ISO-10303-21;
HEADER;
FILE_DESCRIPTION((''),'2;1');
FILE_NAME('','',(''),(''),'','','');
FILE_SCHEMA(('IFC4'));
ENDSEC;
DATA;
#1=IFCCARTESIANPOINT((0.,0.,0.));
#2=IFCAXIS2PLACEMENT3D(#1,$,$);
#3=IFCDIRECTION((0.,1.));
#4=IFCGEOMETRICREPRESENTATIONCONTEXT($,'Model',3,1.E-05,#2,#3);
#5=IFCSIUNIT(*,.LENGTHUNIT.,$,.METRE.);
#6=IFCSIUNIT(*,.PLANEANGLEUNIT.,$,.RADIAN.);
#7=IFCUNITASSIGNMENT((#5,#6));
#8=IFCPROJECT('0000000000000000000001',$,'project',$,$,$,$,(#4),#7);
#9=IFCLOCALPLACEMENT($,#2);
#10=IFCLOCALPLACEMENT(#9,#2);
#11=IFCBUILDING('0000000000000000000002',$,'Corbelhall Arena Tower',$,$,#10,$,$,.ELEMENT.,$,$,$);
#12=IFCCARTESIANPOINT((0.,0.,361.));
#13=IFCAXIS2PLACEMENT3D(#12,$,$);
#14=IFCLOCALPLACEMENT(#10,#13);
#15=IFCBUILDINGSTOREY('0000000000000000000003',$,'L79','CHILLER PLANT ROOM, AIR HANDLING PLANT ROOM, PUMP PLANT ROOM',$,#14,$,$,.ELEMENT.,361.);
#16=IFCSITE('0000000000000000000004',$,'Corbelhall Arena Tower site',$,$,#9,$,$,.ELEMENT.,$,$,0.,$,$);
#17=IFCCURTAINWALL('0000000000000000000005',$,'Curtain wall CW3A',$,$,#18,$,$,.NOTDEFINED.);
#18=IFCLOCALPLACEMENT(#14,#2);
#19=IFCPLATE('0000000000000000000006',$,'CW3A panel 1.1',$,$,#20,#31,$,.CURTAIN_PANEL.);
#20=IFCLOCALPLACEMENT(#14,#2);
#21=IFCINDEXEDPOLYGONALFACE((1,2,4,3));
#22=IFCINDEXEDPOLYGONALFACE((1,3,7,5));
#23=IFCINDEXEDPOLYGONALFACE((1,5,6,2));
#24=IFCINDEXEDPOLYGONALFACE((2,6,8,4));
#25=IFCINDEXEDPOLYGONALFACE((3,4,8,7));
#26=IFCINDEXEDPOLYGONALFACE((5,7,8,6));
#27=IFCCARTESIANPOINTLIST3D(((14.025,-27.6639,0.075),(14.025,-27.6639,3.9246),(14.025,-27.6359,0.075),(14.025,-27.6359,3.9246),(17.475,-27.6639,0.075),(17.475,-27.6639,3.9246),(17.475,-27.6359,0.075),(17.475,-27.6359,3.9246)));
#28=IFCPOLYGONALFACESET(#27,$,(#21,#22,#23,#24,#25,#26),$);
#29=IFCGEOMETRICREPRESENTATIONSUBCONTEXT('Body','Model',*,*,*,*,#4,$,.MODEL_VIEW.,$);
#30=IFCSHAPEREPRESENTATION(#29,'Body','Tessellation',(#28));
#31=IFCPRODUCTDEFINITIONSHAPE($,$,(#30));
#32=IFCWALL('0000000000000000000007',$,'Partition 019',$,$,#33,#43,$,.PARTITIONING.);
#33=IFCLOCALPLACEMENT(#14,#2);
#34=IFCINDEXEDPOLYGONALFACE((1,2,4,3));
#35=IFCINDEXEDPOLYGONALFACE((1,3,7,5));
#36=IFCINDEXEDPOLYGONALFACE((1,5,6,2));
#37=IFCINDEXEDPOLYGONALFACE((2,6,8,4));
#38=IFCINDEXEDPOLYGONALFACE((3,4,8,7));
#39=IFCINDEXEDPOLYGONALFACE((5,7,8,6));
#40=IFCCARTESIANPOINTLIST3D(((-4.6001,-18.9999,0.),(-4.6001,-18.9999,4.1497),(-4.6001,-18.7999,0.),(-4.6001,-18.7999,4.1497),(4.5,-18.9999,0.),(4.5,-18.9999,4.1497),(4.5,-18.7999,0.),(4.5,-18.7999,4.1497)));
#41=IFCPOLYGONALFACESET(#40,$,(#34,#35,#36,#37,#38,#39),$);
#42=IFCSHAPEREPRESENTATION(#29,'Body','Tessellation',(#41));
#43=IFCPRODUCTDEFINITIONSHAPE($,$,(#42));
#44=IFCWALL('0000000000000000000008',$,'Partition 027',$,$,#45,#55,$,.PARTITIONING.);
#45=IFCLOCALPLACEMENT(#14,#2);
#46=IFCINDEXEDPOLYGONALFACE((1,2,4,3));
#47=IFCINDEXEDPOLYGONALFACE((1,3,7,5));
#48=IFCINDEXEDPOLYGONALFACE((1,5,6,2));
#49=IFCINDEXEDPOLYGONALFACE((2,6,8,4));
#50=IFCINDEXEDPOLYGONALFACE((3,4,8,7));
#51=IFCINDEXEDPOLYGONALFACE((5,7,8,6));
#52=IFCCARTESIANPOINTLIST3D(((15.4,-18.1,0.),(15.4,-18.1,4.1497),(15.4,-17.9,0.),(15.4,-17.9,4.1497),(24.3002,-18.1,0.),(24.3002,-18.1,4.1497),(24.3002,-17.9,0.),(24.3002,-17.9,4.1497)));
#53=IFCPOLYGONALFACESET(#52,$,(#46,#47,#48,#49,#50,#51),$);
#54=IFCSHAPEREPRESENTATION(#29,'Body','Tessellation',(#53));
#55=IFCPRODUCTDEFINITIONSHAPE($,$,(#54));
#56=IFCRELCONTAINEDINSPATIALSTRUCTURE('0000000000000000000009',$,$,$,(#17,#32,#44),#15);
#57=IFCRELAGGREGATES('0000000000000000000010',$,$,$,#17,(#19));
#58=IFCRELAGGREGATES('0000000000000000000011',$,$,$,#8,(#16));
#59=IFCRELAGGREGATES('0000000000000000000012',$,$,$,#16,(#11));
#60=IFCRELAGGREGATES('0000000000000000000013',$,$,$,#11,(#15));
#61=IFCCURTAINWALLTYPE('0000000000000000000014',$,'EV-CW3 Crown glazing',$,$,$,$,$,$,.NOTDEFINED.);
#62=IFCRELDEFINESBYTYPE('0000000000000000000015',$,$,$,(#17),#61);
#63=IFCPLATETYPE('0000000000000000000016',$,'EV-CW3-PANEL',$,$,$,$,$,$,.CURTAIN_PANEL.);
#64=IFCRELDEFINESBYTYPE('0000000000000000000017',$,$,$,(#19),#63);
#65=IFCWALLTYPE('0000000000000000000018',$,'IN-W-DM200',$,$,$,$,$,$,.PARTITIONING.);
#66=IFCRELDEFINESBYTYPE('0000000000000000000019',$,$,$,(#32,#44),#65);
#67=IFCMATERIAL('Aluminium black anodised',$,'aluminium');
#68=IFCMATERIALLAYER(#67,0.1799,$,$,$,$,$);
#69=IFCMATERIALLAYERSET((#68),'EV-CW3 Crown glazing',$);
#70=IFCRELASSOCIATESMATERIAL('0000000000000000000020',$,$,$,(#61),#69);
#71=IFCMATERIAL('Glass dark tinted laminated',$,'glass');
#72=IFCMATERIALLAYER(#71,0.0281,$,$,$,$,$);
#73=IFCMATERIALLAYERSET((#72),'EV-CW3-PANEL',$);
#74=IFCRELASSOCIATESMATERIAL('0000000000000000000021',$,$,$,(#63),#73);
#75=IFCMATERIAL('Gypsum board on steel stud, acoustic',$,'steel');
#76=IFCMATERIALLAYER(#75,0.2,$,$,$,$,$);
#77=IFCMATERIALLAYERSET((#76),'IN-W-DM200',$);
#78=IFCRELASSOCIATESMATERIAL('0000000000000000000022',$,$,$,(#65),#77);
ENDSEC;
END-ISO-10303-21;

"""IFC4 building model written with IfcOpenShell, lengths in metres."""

from ifc_helpers import new_model, si_unit, direction, frame, frame_2d, origin, origin_2d, place, context, subcontext, project, spatial, rectangle, extrude, material, layer, layer_set, type_object, element, aggregate, save


model = new_model("IFC4")

# Units and contexts
model_context = context("Model", 3, precision=1e-05, world=origin(), true_north=direction((0.0, 1.0)))
body_context = subcontext(model_context, "Body", "Model", "MODEL_VIEW")
ifc_project = project(units=[si_unit("LENGTHUNIT", "METRE"), si_unit("PLANEANGLEUNIT", "RADIAN")], contexts=[model_context])

# Site, building, storey
site_placement = place(None, origin())
site = spatial("IfcSite", under=ifc_project, at=site_placement, Name="Corbelhall Arena Tower site", CompositionType="ELEMENT", RefElevation=0.0)
building_placement = place(site_placement, origin())
building = spatial("IfcBuilding", under=site, at=building_placement, Name="Corbelhall Arena Tower", CompositionType="ELEMENT")
storey_placement = place(building_placement, frame((0.0, 0.0, 361.0)))
storey = spatial("IfcBuildingStorey", under=building, at=storey_placement, Name="L79", Description="CHILLER PLANT ROOM, AIR HANDLING PLANT ROOM, PUMP PLANT ROOM", CompositionType="ELEMENT", Elevation=361.0)

# Shared definitions
ifc_material_1 = material(Name="Aluminium black anodised", Category="aluminium")
ifc_layer_1 = layer(ifc_material_1, 0.1799)
ifc_layer_set_1 = layer_set([ifc_layer_1], Name="EV-CW3 Crown glazing")
curtain_wall_type = type_object("IfcCurtainWallType", Name="EV-CW3 Crown glazing", PredefinedType="NOTDEFINED", material=ifc_layer_set_1)

# Curtain wall
curtain_wall_1_placement = place(storey_placement, origin())
curtain_wall_1 = element("IfcCurtainWall", 1, at=curtain_wall_1_placement, inside=storey, type_object=curtain_wall_type, Name="Curtain wall CW3A", PredefinedType="NOTDEFINED")

# Plate
ifc_material_2 = material(Name="Glass dark tinted laminated", Category="glass")
ifc_layer_2 = layer(ifc_material_2, 0.0281)
ifc_layer_set_2 = layer_set([ifc_layer_2], Name="EV-CW3-PANEL")
plate_type = type_object("IfcPlateType", Name="EV-CW3-PANEL", PredefinedType="CURTAIN_PANEL", material=ifc_layer_set_2)
plate_1_placement = place(storey_placement, frame((15.75, -27.6499, 0.075), z_axis=(0.0, 0.0, 1.0), x_axis=(1.0, 0.0, 0.0)))
plate_1 = element("IfcPlate", 2, at=plate_1_placement, type_object=plate_type, Name="CW3A panel 1.1", PredefinedType="CURTAIN_PANEL", context=body_context, shape_type="SweptSolid", body=[
    extrude(rectangle(XDim=3.45, YDim=0.0281, at=origin_2d()), origin(), (0.0, 0.0, 1.0), 3.8496),
])
aggregate(curtain_wall_1, [plate_1])

# Wall
ifc_material_3 = material(Name="Gypsum board on steel stud, acoustic", Category="steel")
ifc_layer_3 = layer(ifc_material_3, 0.2)
ifc_layer_set_3 = layer_set([ifc_layer_3], Name="IN-W-DM200")
wall_type = type_object("IfcWallType", Name="IN-W-DM200", PredefinedType="PARTITIONING", material=ifc_layer_set_3)
wall_1_placement = place(storey_placement, frame((4.5, -18.8999, 0.0), z_axis=(0.0, 0.0, 1.0), x_axis=(-1.0, 0.0, 0.0)))
element("IfcWall", 3, at=wall_1_placement, inside=storey, type_object=wall_type, Name="Partition 019", PredefinedType="PARTITIONING", context=body_context, shape_type="SweptSolid", body=[
    extrude(rectangle(XDim=9.1001, YDim=0.2, at=frame_2d((4.55, 0.0))), origin(), (0.0, 0.0, 1.0), 4.1497),
])

# Wall
wall_2_placement = place(storey_placement, frame((15.3999, -18.0, 0.0), z_axis=(0.0, 0.0, 1.0), x_axis=(1.0, 0.0, 0.0)))
element("IfcWall", 4, at=wall_2_placement, inside=storey, type_object=wall_type, Name="Partition 027", PredefinedType="PARTITIONING", context=body_context, shape_type="SweptSolid", body=[
    extrude(rectangle(XDim=8.9001, YDim=0.2, at=frame_2d((4.4502, 0.0))), origin(), (0.0, 0.0, 1.0), 4.1497),
])

save(model, "model.ifc")
